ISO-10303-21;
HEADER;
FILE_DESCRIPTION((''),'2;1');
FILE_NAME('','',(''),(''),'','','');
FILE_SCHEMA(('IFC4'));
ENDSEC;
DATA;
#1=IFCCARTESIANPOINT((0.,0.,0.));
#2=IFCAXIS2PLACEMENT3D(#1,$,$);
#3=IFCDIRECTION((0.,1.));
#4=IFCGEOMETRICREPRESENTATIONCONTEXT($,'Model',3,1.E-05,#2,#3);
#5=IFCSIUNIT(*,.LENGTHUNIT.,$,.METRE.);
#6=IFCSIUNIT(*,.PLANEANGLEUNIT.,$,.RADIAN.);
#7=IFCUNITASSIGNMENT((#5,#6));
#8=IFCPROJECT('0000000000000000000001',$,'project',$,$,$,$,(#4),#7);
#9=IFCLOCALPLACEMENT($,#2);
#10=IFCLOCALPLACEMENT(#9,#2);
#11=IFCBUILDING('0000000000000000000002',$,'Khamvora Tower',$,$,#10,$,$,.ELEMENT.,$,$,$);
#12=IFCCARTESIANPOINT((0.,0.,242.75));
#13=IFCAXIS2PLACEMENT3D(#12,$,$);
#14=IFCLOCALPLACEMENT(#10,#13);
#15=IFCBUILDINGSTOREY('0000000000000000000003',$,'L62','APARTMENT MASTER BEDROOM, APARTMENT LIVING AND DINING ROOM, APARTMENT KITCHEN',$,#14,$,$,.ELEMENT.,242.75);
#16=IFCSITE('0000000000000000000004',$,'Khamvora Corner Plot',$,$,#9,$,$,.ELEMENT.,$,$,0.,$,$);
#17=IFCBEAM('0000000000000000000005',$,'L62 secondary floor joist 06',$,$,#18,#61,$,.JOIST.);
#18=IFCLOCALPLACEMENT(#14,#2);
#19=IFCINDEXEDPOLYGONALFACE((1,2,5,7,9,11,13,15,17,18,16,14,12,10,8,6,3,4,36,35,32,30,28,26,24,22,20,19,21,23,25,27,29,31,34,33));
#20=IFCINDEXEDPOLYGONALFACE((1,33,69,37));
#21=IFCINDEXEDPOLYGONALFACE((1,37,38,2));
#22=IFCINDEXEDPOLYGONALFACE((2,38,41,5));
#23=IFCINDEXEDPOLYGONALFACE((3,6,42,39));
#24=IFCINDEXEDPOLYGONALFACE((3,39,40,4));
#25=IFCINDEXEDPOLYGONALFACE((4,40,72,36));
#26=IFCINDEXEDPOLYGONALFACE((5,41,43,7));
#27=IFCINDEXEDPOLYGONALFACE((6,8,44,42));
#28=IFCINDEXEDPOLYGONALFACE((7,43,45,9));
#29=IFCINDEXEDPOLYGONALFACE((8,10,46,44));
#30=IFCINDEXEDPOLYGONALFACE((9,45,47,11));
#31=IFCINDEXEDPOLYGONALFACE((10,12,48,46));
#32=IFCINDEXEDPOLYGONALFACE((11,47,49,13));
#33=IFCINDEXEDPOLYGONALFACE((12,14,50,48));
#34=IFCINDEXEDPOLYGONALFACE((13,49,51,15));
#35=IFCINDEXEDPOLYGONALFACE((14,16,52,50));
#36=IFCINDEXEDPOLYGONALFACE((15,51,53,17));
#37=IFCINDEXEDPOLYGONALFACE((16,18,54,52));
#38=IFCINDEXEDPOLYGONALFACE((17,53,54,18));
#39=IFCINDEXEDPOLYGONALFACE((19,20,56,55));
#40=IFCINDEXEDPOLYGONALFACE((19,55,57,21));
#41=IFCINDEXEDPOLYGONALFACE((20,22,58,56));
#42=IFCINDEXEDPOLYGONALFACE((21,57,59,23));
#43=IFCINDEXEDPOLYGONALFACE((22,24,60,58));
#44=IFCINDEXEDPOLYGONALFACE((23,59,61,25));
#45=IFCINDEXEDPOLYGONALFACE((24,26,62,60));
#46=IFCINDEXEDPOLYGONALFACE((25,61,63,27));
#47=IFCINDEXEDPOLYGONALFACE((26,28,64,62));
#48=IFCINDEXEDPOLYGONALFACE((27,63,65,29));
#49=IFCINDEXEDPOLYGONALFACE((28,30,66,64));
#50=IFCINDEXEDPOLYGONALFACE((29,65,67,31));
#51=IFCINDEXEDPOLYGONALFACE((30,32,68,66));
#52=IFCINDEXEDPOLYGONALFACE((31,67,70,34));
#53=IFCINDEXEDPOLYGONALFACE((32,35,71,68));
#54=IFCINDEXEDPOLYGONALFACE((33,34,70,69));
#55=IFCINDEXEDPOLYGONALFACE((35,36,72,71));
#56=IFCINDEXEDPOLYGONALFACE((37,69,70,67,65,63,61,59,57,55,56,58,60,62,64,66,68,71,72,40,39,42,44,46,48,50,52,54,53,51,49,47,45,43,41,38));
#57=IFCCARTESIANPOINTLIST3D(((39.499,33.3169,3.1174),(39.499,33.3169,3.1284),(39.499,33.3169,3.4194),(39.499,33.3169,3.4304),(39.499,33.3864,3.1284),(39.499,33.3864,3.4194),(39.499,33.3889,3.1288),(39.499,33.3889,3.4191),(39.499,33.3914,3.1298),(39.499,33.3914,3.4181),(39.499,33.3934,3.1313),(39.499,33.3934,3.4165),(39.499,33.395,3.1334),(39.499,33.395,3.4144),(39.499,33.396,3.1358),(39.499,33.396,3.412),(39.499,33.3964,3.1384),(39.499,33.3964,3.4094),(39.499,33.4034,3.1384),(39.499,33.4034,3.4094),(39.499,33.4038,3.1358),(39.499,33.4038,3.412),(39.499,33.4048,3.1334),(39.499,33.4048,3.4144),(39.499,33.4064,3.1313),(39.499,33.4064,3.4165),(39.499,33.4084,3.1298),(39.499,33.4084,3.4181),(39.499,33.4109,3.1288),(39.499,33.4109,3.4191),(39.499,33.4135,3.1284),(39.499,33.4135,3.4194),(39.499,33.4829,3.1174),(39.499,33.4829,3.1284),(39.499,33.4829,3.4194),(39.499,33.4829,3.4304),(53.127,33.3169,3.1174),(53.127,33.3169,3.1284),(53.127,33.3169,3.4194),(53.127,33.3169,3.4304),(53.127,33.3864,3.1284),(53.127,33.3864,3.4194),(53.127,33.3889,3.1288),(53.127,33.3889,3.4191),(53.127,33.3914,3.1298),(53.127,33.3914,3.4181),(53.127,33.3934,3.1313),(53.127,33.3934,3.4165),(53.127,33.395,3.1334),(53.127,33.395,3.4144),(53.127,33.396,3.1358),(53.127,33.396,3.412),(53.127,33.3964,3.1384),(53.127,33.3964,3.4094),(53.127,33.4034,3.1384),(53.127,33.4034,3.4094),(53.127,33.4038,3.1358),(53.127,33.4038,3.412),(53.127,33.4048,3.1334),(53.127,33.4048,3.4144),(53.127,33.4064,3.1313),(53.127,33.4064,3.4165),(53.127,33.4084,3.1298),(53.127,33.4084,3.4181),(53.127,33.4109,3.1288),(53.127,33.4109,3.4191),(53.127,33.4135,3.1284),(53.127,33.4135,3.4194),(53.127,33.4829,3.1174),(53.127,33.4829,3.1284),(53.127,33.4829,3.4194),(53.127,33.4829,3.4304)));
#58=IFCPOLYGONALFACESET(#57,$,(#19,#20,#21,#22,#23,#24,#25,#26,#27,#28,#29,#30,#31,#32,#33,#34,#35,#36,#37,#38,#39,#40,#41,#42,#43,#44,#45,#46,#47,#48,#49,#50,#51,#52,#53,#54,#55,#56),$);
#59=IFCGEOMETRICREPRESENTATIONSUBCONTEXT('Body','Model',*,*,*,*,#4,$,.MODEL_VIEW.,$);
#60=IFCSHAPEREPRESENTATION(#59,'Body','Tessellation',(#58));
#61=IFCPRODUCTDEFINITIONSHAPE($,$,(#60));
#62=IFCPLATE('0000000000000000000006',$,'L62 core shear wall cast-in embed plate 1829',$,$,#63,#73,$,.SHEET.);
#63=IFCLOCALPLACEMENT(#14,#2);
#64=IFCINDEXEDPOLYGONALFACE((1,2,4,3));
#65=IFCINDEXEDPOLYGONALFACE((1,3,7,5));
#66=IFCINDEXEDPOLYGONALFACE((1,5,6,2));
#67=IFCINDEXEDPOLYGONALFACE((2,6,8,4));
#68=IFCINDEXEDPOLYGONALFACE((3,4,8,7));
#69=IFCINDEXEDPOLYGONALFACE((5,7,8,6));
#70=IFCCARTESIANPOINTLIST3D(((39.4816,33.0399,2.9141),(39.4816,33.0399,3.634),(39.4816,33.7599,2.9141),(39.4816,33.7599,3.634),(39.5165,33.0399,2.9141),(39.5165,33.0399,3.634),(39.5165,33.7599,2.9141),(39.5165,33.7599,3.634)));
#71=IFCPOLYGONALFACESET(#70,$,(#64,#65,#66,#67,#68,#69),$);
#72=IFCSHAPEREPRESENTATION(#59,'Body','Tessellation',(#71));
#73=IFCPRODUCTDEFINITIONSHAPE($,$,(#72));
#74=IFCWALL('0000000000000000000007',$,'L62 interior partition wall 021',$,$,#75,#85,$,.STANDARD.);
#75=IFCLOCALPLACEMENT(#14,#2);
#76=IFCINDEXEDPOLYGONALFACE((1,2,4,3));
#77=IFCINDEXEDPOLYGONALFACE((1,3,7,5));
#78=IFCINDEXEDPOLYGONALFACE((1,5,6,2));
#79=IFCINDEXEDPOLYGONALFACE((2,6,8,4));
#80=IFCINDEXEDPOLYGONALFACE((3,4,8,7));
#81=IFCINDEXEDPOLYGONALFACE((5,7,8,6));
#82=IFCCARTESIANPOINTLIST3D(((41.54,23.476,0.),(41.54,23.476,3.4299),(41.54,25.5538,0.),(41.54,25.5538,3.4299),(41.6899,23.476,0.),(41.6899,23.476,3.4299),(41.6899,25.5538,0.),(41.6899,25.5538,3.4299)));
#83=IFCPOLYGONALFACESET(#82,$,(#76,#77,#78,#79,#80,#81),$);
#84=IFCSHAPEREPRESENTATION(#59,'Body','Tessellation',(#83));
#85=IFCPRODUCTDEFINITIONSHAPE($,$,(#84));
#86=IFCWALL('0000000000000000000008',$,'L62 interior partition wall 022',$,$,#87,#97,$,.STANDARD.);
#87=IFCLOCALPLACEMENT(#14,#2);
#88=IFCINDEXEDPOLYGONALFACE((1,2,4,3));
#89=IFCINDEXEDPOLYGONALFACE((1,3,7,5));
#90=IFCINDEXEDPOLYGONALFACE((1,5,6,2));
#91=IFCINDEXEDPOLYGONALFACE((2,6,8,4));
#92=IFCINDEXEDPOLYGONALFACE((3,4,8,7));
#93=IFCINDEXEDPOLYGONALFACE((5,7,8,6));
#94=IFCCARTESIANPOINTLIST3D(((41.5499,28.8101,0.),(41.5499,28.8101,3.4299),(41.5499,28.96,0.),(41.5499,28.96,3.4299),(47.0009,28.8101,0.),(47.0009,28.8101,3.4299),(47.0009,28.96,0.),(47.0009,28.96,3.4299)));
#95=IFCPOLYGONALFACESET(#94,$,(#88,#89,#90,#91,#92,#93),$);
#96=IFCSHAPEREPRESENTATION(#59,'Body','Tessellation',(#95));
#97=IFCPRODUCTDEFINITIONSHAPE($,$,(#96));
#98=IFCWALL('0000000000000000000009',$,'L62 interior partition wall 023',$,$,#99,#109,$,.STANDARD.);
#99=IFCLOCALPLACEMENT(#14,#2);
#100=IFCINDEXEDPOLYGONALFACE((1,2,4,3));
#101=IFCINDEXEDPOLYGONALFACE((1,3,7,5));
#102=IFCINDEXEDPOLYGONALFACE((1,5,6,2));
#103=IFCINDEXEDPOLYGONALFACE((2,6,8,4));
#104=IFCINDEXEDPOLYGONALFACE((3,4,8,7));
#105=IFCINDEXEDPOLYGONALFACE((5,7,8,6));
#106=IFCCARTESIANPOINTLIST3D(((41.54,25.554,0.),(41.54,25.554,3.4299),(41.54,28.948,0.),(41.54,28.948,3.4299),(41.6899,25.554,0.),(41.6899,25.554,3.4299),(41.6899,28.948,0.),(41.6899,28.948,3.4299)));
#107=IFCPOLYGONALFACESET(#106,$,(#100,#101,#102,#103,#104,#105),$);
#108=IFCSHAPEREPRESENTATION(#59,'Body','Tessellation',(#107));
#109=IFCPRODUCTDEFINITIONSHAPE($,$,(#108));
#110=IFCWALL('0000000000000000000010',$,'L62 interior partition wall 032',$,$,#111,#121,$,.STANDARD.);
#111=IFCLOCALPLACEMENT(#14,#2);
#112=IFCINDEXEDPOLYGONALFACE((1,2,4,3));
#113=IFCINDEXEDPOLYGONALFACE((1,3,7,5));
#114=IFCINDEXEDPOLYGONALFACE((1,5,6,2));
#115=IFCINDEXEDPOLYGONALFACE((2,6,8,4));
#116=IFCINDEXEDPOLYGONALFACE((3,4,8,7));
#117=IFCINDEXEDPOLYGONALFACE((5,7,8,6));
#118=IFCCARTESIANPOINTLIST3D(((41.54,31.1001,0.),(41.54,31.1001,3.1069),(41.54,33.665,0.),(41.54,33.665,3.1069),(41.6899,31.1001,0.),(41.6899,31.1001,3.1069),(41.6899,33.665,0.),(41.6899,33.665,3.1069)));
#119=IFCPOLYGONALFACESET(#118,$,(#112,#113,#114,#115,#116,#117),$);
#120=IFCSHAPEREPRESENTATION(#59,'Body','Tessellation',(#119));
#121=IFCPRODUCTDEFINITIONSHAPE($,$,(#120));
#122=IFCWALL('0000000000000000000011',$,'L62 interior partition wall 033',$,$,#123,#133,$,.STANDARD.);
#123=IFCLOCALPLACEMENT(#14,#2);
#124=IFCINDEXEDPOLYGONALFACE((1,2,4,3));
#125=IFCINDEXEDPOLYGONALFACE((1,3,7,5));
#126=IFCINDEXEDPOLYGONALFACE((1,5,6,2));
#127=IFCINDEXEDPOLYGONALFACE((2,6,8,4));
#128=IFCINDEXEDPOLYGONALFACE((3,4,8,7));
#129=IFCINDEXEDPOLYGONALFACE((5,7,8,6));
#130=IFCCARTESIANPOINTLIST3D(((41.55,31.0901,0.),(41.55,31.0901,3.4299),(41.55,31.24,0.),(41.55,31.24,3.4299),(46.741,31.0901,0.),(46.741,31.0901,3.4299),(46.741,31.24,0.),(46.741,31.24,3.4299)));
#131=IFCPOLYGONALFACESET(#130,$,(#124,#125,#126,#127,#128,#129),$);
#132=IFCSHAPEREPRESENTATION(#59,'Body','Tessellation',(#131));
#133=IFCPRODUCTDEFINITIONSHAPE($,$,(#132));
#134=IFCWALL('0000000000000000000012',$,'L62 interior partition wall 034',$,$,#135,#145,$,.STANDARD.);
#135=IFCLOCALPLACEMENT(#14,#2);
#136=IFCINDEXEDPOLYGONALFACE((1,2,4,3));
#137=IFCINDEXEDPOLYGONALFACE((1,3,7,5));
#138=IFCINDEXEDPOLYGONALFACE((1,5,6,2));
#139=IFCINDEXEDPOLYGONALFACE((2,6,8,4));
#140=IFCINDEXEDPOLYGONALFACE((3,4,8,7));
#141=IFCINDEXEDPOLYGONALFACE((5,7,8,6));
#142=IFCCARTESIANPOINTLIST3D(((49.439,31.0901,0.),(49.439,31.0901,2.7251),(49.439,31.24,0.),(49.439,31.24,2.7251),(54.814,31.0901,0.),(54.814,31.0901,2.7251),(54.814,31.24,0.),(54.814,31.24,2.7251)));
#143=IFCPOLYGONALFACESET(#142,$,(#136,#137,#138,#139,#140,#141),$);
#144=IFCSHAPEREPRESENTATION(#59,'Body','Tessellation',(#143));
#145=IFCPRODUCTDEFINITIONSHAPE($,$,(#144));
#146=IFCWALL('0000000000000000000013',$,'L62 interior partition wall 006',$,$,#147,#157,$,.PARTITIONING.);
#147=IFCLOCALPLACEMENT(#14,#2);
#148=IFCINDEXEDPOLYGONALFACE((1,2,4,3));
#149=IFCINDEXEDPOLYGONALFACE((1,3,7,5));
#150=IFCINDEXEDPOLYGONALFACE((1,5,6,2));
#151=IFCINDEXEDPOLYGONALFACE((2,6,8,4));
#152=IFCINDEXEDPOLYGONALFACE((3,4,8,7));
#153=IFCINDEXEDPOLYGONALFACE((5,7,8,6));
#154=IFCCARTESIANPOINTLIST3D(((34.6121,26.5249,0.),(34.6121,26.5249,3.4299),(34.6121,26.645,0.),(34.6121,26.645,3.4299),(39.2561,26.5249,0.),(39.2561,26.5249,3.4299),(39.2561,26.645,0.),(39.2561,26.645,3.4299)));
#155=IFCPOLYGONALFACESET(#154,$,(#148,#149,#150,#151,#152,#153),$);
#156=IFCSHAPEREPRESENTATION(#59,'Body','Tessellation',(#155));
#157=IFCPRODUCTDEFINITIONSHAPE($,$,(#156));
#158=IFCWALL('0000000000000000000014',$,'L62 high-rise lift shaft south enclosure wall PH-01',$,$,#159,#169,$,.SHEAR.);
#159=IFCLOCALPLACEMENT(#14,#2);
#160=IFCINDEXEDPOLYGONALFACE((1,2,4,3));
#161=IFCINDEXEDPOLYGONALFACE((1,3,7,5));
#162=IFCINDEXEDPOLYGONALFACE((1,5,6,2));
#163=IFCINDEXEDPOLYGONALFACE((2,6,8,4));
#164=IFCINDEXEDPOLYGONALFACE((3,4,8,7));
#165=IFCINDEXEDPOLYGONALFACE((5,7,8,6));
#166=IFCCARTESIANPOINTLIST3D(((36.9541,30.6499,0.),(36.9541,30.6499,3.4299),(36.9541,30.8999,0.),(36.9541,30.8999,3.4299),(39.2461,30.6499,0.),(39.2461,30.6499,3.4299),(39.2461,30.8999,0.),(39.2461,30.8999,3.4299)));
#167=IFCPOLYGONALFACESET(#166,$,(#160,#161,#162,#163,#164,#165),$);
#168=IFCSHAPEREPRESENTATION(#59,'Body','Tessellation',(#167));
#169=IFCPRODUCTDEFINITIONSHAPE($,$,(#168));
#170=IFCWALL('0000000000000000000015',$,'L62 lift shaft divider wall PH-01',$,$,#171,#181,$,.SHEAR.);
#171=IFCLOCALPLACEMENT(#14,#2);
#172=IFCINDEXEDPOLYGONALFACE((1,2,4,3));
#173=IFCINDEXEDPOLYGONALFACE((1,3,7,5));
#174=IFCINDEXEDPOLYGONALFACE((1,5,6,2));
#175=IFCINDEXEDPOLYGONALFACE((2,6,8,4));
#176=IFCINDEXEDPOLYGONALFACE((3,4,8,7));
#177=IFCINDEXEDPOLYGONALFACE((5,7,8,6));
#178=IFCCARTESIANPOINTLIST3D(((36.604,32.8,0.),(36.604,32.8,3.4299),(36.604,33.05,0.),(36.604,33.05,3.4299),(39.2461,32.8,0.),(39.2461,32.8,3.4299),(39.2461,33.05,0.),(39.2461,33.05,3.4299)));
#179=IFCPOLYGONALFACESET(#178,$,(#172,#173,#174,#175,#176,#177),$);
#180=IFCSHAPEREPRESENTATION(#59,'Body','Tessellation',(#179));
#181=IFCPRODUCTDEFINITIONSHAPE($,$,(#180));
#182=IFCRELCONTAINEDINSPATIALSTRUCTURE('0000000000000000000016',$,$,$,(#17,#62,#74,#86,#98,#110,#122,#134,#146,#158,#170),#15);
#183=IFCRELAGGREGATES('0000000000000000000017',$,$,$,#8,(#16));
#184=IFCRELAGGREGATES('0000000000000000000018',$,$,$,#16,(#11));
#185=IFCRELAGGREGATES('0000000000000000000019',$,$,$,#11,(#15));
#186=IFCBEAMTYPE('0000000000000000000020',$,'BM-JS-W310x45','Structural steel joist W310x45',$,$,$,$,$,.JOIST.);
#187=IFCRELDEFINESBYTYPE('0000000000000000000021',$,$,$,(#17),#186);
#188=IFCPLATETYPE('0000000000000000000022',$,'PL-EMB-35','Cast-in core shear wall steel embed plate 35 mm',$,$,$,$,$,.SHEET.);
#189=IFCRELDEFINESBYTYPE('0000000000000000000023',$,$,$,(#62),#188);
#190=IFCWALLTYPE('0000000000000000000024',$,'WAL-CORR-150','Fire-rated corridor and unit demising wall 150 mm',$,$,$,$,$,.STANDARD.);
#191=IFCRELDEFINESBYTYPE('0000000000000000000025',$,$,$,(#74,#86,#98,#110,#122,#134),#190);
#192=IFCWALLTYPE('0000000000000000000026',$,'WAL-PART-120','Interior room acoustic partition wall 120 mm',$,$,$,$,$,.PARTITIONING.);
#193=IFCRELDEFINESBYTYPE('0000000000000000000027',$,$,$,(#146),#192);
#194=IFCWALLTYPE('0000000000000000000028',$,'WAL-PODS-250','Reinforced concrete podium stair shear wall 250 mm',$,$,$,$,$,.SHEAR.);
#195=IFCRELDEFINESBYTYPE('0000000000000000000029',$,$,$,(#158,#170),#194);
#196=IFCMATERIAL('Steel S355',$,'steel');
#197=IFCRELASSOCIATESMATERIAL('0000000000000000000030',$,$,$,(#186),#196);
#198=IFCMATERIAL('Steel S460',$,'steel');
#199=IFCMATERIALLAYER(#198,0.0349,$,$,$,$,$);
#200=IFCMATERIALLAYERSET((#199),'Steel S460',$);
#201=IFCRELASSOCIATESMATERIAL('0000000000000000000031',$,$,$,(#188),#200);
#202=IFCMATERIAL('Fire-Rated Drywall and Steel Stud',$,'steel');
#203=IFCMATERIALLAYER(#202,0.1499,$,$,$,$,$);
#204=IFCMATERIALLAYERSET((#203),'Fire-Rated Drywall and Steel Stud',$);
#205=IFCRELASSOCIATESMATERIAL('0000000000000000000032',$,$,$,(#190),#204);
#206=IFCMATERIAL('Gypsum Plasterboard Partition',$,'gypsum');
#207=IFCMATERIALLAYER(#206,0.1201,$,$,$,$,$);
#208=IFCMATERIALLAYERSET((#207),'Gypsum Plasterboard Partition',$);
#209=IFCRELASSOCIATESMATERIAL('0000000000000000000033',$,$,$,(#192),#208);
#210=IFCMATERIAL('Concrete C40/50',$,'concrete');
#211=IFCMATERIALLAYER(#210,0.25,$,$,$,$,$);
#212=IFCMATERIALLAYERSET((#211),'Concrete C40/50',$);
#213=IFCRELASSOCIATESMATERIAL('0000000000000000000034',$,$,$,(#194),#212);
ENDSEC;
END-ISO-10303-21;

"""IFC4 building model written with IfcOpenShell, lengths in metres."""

from ifc_helpers import new_model, si_unit, direction, frame, frame_2d, origin, origin_2d, place, context, subcontext, project, spatial, rectangle, i_section, extrude, material, layer, layer_set, material_profile, profile_set, type_object, element, save


model = new_model("IFC4")

# Units and contexts
model_context = context("Model", 3, precision=1e-05, world=origin(), true_north=direction((0.0, 1.0)))
body_context = subcontext(model_context, "Body", "Model", "MODEL_VIEW")
ifc_project = project(units=[si_unit("LENGTHUNIT", "METRE"), si_unit("PLANEANGLEUNIT", "RADIAN")], contexts=[model_context])

# Site, building, storey
site_placement = place(None, origin())
site = spatial("IfcSite", under=ifc_project, at=site_placement, Name="Khamvora Corner Plot", CompositionType="ELEMENT", RefElevation=0.0)
building_placement = place(site_placement, origin())
building = spatial("IfcBuilding", under=site, at=building_placement, Name="Khamvora Tower", CompositionType="ELEMENT")
storey_placement = place(building_placement, frame((0.0, 0.0, 242.75)))
storey = spatial("IfcBuildingStorey", under=building, at=storey_placement, Name="L62", Description="APARTMENT MASTER BEDROOM, APARTMENT LIVING AND DINING ROOM, APARTMENT KITCHEN", CompositionType="ELEMENT", Elevation=242.75)

# Beam
ifc_material_1 = material(Name="Steel S355", Category="steel")
ifc_material_profile = material_profile(ifc_material_1, i_section(OverallWidth=0.166, OverallDepth=0.313, WebThickness=0.0071, FlangeThickness=0.011, FilletRadius=0.01, at=origin_2d()), Name="W310x45")
ifc_profile_set = profile_set([ifc_material_profile], Name="Steel S355")
beam_type = type_object("IfcBeamType", Name="BM-JS-W310x45", Description="Structural steel joist W310x45", PredefinedType="JOIST", material=ifc_profile_set)
beam_placement = place(storey_placement, frame((39.499, 33.3999, 3.2739), z_axis=(1.0, 0.0, 0.0), x_axis=(0.0, 1.0, 0.0)))
element("IfcBeam", 1, at=beam_placement, inside=storey, type_object=beam_type, Name="L62 secondary floor joist 06", PredefinedType="JOIST", context=body_context, shape_type="SweptSolid", body=[
    extrude(i_section(OverallWidth=0.166, OverallDepth=0.313, WebThickness=0.0071, FlangeThickness=0.011, FilletRadius=0.01, at=origin_2d()), origin(), (0.0, 0.0, 1.0), 13.6279),
])

# Plate
ifc_material_2 = material(Name="Steel S460", Category="steel")
ifc_layer_1 = layer(ifc_material_2, 0.0349)
ifc_layer_set_1 = layer_set([ifc_layer_1], Name="Steel S460")
plate_type = type_object("IfcPlateType", Name="PL-EMB-35", Description="Cast-in core shear wall steel embed plate 35 mm", PredefinedType="SHEET", material=ifc_layer_set_1)
plate_placement = place(storey_placement, frame((39.499, 33.3999, 2.9141), z_axis=(0.0, 0.0, 1.0), x_axis=(1.0, 0.0, 0.0)))
element("IfcPlate", 2, at=plate_placement, inside=storey, type_object=plate_type, Name="L62 core shear wall cast-in embed plate 1829", PredefinedType="SHEET", context=body_context, shape_type="SweptSolid", body=[
    extrude(rectangle(XDim=0.0349, YDim=0.72, at=origin_2d()), origin(), (0.0, 0.0, 1.0), 0.72),
])

# Shared definitions
ifc_material_3 = material(Name="Fire-Rated Drywall and Steel Stud", Category="steel")
ifc_layer_2 = layer(ifc_material_3, 0.1499)
ifc_layer_set_2 = layer_set([ifc_layer_2], Name="Fire-Rated Drywall and Steel Stud")
wall_type_1 = type_object("IfcWallType", Name="WAL-CORR-150", Description="Fire-rated corridor and unit demising wall 150 mm", PredefinedType="STANDARD", material=ifc_layer_set_2)

# Walls
wall_1_placement = place(storey_placement, frame((41.615, 25.554, 0.0), z_axis=(0.0, 0.0, 1.0), x_axis=(0.0, -1.0, 0.0)))
element("IfcWall", 3, at=wall_1_placement, inside=storey, type_object=wall_type_1, Name="L62 interior partition wall 021", PredefinedType="STANDARD", context=body_context, shape_type="SweptSolid", body=[
    extrude(rectangle(XDim=2.0779, YDim=0.1499, at=frame_2d((1.0391, 0.0))), origin(), (0.0, 0.0, 1.0), 3.4299),
])
wall_2_placement = place(storey_placement, frame((47.001, 28.885, 0.0), z_axis=(0.0, 0.0, 1.0), x_axis=(-1.0, 0.0, 0.0)))
element("IfcWall", 4, at=wall_2_placement, inside=storey, type_object=wall_type_1, Name="L62 interior partition wall 022", PredefinedType="STANDARD", context=body_context, shape_type="SweptSolid", body=[
    extrude(rectangle(XDim=5.4509, YDim=0.1499, at=frame_2d((2.7256, 0.0))), origin(), (0.0, 0.0, 1.0), 3.4299),
])
wall_3_placement = place(storey_placement, frame((41.615, 28.948, 0.0), z_axis=(0.0, 0.0, 1.0), x_axis=(0.0, -1.0, 0.0)))
element("IfcWall", 5, at=wall_3_placement, inside=storey, type_object=wall_type_1, Name="L62 interior partition wall 023", PredefinedType="STANDARD", context=body_context, shape_type="SweptSolid", body=[
    extrude(rectangle(XDim=3.394, YDim=0.1499, at=frame_2d((1.697, 0.0))), origin(), (0.0, 0.0, 1.0), 3.4299),
])

# Walls
wall_4_placement = place(storey_placement, frame((41.615, 33.665, 0.0), z_axis=(0.0, 0.0, 1.0), x_axis=(0.0, -1.0, 0.0)))
element("IfcWall", 6, at=wall_4_placement, inside=storey, type_object=wall_type_1, Name="L62 interior partition wall 032", PredefinedType="STANDARD", context=body_context, shape_type="SweptSolid", body=[
    extrude(rectangle(XDim=2.5649, YDim=0.1499, at=frame_2d((1.2825, 0.0))), origin(), (0.0, 0.0, 1.0), 3.1069),
])
wall_5_placement = place(storey_placement, frame((41.55, 31.165, 0.0), z_axis=(0.0, 0.0, 1.0), x_axis=(1.0, 0.0, 0.0)))
element("IfcWall", 7, at=wall_5_placement, inside=storey, type_object=wall_type_1, Name="L62 interior partition wall 033", PredefinedType="STANDARD", context=body_context, shape_type="SweptSolid", body=[
    extrude(rectangle(XDim=5.1909, YDim=0.1499, at=frame_2d((2.5955, 0.0))), origin(), (0.0, 0.0, 1.0), 3.4299),
])
wall_6_placement = place(storey_placement, frame((49.439, 31.165, 0.0), z_axis=(0.0, 0.0, 1.0), x_axis=(1.0, 0.0, 0.0)))
element("IfcWall", 8, at=wall_6_placement, inside=storey, type_object=wall_type_1, Name="L62 interior partition wall 034", PredefinedType="STANDARD", context=body_context, shape_type="SweptSolid", body=[
    extrude(rectangle(XDim=5.375, YDim=0.1499, at=frame_2d((2.6875, 0.0))), origin(), (0.0, 0.0, 1.0), 2.7251),
])
ifc_material_4 = material(Name="Gypsum Plasterboard Partition", Category="gypsum")
ifc_layer_3 = layer(ifc_material_4, 0.1201)
ifc_layer_set_3 = layer_set([ifc_layer_3], Name="Gypsum Plasterboard Partition")
wall_type_2 = type_object("IfcWallType", Name="WAL-PART-120", Description="Interior room acoustic partition wall 120 mm", PredefinedType="PARTITIONING", material=ifc_layer_set_3)
wall_7_placement = place(storey_placement, frame((39.2561, 26.585, 0.0), z_axis=(0.0, 0.0, 1.0), x_axis=(-1.0, 0.0, 0.0)))
element("IfcWall", 9, at=wall_7_placement, inside=storey, type_object=wall_type_2, Name="L62 interior partition wall 006", PredefinedType="PARTITIONING", context=body_context, shape_type="SweptSolid", body=[
    extrude(rectangle(XDim=4.644, YDim=0.1201, at=frame_2d((2.322, 0.0))), origin(), (0.0, 0.0, 1.0), 3.4299),
])
ifc_material_5 = material(Name="Concrete C40/50", Category="concrete")
ifc_layer_4 = layer(ifc_material_5, 0.25)
ifc_layer_set_4 = layer_set([ifc_layer_4], Name="Concrete C40/50")
wall_type_3 = type_object("IfcWallType", Name="WAL-PODS-250", Description="Reinforced concrete podium stair shear wall 250 mm", PredefinedType="SHEAR", material=ifc_layer_set_4)
wall_8_placement = place(storey_placement, frame((36.9541, 30.7749, 0.0), z_axis=(0.0, 0.0, 1.0), x_axis=(1.0, 0.0, 0.0)))
element("IfcWall", 10, at=wall_8_placement, inside=storey, type_object=wall_type_3, Name="L62 high-rise lift shaft south enclosure wall PH-01", PredefinedType="SHEAR", context=body_context, shape_type="SweptSolid", body=[
    extrude(rectangle(XDim=2.292, YDim=0.25, at=frame_2d((1.146, 0.0))), origin(), (0.0, 0.0, 1.0), 3.4299),
])
wall_9_placement = place(storey_placement, frame((36.604, 32.925, 0.0), z_axis=(0.0, 0.0, 1.0), x_axis=(1.0, 0.0, 0.0)))
element("IfcWall", 11, at=wall_9_placement, inside=storey, type_object=wall_type_3, Name="L62 lift shaft divider wall PH-01", PredefinedType="SHEAR", context=body_context, shape_type="SweptSolid", body=[
    extrude(rectangle(XDim=2.6421, YDim=0.25, at=frame_2d((1.321, 0.0))), origin(), (0.0, 0.0, 1.0), 3.4299),
])

save(model, "model.ifc")
